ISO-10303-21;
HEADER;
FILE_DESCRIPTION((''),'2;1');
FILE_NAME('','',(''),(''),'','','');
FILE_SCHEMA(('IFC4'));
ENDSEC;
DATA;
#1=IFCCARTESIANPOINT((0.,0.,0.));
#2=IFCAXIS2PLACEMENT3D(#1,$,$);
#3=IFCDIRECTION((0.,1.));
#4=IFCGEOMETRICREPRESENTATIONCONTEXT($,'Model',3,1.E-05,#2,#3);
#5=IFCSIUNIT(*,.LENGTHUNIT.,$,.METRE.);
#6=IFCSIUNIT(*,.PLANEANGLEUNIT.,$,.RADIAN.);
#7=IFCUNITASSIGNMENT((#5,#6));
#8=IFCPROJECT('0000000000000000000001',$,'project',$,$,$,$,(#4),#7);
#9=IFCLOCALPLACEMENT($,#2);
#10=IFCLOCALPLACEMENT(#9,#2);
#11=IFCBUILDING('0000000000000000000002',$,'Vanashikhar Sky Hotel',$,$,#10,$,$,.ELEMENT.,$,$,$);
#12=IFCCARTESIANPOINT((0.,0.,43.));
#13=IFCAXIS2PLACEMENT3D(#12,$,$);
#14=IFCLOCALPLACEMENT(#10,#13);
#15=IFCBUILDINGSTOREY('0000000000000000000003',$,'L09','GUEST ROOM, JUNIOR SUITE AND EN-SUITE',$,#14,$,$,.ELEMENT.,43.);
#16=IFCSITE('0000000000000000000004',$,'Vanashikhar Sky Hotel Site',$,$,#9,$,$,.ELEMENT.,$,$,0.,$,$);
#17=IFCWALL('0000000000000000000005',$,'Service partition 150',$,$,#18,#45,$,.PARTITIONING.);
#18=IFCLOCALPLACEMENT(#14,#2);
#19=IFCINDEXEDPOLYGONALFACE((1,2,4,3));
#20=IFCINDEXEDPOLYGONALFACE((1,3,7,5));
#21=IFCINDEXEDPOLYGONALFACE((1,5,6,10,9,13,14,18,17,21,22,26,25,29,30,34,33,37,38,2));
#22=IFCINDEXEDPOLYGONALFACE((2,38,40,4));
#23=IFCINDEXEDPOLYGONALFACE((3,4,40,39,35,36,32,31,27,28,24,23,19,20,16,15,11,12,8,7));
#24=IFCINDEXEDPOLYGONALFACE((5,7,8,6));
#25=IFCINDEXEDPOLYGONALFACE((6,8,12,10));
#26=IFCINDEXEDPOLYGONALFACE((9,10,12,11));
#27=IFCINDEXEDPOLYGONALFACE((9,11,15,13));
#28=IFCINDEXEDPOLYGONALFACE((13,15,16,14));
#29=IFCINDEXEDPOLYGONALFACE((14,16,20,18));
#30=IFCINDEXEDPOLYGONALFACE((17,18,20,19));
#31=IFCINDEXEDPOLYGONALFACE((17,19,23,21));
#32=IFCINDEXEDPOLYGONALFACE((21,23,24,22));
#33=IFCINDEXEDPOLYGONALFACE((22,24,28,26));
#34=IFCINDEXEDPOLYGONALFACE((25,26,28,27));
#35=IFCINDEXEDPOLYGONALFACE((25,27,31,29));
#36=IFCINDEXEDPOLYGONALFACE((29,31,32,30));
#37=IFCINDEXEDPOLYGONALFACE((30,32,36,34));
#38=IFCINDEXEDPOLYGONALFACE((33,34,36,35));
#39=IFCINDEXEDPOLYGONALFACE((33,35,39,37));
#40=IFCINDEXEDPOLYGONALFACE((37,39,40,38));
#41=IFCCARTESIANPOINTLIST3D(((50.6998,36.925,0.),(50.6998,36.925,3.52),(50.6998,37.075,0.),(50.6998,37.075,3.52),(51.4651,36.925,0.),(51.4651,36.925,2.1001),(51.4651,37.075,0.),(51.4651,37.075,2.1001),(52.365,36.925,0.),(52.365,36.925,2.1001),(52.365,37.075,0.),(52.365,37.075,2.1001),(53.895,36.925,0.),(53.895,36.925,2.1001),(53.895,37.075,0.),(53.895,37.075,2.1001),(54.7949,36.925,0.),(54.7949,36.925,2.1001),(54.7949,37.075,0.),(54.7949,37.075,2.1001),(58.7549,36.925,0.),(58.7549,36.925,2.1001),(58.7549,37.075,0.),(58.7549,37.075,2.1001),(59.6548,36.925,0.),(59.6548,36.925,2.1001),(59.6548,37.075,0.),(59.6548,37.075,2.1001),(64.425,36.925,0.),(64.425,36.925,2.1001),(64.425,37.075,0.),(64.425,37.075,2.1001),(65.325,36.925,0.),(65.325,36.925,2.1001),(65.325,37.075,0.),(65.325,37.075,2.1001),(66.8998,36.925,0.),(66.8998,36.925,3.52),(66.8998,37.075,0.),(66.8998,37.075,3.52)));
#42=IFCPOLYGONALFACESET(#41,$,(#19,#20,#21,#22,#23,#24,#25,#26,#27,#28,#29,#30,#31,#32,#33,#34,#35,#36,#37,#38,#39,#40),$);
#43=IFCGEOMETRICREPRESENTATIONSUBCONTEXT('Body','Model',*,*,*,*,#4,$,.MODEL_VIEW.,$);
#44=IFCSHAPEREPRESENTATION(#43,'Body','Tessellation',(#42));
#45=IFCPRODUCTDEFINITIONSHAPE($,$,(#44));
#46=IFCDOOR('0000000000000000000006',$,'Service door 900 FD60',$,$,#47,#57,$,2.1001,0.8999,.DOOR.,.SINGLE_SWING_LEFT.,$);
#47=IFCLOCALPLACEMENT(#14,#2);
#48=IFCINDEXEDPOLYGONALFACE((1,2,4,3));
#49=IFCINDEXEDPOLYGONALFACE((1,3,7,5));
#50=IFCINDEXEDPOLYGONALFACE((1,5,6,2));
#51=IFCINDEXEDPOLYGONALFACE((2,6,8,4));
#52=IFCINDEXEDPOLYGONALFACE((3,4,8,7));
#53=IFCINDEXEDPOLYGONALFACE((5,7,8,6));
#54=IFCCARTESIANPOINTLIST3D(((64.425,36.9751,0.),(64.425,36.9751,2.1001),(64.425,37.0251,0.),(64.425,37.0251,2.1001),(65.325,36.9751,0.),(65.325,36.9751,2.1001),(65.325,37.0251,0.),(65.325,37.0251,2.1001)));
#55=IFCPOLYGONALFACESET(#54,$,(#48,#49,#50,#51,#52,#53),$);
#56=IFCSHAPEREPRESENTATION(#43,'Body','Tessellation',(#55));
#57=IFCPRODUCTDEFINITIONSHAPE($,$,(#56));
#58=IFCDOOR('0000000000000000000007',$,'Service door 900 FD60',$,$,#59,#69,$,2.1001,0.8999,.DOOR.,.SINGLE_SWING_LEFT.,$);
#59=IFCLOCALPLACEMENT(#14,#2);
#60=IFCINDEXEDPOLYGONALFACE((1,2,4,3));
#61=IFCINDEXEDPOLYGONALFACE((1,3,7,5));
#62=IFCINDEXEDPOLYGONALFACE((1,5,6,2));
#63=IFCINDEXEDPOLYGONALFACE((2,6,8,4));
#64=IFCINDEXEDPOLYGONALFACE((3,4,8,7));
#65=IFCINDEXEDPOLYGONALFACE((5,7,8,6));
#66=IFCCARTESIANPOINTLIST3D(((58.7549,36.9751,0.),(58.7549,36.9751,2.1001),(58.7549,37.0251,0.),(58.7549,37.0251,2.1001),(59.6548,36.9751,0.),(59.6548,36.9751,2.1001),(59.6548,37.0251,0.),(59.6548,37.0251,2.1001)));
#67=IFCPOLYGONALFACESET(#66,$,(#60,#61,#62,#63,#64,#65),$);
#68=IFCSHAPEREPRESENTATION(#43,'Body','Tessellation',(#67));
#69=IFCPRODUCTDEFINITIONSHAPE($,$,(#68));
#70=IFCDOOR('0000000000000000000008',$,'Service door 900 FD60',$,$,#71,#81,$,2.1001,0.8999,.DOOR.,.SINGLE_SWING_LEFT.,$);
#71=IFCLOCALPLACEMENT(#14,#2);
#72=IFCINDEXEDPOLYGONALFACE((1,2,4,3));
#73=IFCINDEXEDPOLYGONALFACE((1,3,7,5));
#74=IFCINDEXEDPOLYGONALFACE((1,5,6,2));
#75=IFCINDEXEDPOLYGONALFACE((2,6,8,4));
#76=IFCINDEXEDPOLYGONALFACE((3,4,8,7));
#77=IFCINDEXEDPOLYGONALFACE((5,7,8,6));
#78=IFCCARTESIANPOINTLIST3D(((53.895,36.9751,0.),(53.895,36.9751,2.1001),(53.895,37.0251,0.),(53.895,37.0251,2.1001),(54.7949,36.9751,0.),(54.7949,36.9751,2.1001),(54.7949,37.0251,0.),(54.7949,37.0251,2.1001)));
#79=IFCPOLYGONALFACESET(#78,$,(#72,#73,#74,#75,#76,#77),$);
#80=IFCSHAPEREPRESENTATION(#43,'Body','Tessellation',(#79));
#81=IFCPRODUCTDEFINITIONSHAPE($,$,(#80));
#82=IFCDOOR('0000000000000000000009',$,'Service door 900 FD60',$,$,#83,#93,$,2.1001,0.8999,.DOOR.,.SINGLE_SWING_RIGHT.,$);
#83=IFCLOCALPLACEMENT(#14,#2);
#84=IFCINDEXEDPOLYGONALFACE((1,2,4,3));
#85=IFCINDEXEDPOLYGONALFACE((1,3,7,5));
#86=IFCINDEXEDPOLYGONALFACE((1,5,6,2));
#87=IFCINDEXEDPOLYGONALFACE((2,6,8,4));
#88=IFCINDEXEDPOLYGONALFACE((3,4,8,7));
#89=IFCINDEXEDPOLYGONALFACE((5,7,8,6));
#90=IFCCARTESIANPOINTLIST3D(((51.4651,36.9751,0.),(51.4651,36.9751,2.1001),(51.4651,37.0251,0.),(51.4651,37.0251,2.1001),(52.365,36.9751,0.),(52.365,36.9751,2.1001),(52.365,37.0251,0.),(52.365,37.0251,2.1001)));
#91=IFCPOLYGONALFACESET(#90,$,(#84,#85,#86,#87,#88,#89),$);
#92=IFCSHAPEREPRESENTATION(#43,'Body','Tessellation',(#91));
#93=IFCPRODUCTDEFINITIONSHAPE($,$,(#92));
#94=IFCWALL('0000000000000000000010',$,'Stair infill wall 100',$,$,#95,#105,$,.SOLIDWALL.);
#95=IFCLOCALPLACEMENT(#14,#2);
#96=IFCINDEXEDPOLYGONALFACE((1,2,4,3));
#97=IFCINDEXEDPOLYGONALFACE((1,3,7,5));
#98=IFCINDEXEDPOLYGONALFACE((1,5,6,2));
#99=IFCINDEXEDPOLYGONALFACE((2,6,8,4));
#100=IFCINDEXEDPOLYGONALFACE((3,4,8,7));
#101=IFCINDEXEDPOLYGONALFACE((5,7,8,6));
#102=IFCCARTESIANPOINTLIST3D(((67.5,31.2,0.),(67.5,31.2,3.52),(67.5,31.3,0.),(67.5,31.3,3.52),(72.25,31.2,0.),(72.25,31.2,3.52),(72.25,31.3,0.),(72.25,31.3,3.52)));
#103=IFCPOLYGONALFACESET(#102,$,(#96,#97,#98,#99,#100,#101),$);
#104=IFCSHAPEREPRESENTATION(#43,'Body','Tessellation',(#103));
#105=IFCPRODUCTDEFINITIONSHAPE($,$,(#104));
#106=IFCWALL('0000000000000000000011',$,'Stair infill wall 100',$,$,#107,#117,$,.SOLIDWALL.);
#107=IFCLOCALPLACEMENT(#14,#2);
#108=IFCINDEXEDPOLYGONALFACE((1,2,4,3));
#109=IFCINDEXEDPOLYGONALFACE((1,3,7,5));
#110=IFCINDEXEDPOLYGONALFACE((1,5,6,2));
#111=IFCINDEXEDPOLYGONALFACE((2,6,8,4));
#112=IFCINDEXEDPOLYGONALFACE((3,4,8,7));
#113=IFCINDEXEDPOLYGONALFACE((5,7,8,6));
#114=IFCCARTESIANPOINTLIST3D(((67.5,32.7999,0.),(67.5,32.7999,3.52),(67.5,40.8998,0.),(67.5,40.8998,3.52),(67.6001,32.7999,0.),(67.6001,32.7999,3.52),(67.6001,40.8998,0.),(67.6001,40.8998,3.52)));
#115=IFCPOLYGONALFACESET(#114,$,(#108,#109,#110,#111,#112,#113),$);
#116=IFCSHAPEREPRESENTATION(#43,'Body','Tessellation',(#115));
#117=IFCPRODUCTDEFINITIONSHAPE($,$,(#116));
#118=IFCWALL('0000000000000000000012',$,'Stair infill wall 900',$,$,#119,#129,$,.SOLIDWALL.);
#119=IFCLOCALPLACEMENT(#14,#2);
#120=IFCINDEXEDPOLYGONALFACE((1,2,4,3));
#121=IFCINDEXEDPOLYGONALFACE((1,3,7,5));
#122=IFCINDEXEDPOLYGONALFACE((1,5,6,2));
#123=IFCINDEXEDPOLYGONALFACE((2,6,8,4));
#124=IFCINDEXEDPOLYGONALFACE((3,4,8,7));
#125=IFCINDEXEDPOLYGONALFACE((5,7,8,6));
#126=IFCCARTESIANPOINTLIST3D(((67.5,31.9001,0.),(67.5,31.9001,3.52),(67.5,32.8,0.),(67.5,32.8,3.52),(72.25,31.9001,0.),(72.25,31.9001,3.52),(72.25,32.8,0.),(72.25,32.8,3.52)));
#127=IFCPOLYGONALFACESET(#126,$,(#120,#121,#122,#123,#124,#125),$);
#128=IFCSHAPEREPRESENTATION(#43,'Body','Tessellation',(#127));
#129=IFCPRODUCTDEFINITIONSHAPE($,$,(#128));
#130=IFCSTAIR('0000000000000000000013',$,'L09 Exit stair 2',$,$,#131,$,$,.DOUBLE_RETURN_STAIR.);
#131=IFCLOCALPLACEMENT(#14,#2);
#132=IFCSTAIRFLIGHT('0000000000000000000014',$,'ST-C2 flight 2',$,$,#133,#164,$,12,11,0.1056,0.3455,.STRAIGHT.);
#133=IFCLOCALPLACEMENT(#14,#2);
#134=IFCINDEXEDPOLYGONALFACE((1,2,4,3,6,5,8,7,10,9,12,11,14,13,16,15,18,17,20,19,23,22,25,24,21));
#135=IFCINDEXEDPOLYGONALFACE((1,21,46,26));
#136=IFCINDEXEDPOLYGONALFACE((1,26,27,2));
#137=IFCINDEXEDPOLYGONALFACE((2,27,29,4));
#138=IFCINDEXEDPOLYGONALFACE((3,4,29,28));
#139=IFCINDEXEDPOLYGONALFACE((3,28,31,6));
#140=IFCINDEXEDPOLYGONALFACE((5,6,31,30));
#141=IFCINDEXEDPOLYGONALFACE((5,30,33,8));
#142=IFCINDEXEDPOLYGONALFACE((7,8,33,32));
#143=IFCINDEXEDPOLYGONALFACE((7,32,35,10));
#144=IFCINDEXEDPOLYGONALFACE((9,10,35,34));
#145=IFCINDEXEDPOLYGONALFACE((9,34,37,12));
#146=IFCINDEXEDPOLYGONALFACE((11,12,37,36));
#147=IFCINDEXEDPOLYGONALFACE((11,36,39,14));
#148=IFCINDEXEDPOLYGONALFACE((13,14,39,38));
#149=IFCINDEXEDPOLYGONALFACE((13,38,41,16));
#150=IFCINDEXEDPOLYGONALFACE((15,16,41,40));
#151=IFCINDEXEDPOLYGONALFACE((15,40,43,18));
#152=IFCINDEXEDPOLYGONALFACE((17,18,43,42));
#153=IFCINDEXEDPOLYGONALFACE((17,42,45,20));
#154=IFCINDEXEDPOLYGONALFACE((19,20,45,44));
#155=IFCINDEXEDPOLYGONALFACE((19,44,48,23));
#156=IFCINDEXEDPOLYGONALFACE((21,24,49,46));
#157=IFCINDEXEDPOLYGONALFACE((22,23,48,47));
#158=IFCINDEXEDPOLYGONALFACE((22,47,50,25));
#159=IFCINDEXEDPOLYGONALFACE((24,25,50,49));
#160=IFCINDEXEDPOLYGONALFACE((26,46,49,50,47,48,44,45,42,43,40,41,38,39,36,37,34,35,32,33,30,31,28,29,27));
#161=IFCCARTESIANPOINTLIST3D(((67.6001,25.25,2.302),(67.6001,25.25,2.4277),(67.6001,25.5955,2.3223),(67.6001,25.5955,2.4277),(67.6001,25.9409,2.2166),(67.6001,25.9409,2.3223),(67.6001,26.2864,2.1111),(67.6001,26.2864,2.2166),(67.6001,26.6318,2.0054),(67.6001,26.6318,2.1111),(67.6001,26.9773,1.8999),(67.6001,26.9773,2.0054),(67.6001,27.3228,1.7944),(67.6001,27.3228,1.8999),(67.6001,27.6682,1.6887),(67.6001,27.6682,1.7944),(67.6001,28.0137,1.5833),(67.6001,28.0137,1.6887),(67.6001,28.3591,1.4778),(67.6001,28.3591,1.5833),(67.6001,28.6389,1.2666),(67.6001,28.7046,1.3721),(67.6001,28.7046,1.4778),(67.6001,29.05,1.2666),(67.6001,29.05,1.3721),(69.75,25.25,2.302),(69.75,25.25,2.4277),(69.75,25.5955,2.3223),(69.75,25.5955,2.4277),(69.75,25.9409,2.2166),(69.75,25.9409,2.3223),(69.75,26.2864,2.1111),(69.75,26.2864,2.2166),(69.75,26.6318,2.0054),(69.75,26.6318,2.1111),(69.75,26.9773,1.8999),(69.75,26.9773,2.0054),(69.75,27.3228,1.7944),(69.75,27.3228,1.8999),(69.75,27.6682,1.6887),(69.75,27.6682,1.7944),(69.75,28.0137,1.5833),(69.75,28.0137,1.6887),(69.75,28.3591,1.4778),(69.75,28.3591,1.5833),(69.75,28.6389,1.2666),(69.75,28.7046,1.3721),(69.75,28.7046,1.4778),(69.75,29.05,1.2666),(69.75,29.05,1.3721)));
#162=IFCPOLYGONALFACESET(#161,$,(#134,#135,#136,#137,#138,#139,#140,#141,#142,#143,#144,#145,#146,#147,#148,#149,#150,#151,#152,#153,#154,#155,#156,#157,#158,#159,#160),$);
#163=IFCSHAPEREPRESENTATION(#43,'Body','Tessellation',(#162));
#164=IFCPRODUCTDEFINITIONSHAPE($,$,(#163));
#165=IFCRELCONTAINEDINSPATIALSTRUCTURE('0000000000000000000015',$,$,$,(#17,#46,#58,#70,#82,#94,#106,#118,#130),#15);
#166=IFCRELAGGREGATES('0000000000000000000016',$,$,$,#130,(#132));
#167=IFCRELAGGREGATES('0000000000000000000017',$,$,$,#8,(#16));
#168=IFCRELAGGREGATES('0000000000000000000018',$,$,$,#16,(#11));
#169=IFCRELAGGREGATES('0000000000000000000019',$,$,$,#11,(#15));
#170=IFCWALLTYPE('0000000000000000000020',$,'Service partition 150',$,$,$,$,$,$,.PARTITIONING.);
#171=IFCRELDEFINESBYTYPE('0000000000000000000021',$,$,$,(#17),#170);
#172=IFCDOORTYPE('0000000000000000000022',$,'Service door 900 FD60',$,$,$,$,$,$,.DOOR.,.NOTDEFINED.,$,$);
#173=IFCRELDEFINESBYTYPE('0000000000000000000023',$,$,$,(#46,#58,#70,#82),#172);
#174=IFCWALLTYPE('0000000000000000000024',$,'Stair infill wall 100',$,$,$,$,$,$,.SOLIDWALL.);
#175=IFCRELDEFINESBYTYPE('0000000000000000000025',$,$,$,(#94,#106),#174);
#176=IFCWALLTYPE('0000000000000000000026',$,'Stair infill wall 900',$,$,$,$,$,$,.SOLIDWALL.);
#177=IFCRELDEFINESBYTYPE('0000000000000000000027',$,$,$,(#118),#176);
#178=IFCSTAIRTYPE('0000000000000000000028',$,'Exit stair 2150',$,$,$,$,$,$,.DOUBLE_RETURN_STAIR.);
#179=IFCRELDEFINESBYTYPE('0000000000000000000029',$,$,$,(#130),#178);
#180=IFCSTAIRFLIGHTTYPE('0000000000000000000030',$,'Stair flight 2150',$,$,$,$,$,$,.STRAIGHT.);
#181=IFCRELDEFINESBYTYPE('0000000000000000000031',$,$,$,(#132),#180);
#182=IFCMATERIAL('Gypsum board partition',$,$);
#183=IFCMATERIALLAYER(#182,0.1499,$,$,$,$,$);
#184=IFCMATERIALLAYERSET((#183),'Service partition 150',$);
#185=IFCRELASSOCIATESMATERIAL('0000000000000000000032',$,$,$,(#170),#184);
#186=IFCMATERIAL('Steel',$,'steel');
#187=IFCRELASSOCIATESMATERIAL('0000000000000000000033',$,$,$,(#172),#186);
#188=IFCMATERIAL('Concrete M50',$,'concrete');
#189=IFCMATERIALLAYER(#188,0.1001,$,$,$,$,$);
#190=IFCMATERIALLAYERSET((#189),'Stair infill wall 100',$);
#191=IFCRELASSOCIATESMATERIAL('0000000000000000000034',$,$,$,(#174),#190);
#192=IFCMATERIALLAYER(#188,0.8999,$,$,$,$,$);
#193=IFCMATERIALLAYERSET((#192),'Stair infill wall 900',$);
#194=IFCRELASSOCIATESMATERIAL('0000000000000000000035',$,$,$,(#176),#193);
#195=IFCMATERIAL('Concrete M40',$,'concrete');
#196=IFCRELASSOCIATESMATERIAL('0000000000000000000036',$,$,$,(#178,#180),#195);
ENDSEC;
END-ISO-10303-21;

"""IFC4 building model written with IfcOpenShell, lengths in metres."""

from ifc_helpers import new_model, si_unit, direction, frame, frame_2d, origin, place, context, subcontext, project, spatial, polyline, rectangle, outline, extrude, source, transform, mapped, material, layer, layer_set, type_object, element, fill, aggregate, save


model = new_model("IFC4")

# Units and contexts
model_context = context("Model", 3, precision=1e-05, world=origin(), true_north=direction((0.0, 1.0)))
body_context = subcontext(model_context, "Body", "Model", "MODEL_VIEW")
ifc_project = project(units=[si_unit("LENGTHUNIT", "METRE"), si_unit("PLANEANGLEUNIT", "RADIAN")], contexts=[model_context])

# Site, building, storey
site_placement = place(None, origin())
site = spatial("IfcSite", under=ifc_project, at=site_placement, Name="Vanashikhar Sky Hotel Site", CompositionType="ELEMENT", RefElevation=0.0)
building_placement = place(site_placement, origin())
building = spatial("IfcBuilding", under=site, at=building_placement, Name="Vanashikhar Sky Hotel", CompositionType="ELEMENT")
storey_placement = place(building_placement, frame((0.0, 0.0, 43.0)))
storey = spatial("IfcBuildingStorey", under=building, at=storey_placement, Name="L09", Description="GUEST ROOM, JUNIOR SUITE AND EN-SUITE", CompositionType="ELEMENT", Elevation=43.0)

# Wall, openings, doors
ifc_material_1 = material(Name="Gypsum board partition")
ifc_layer_1 = layer(ifc_material_1, 0.1499)
ifc_layer_set_1 = layer_set([ifc_layer_1], Name="Service partition 150")
wall_type_1 = type_object("IfcWallType", Name="Service partition 150", PredefinedType="PARTITIONING", material=ifc_layer_set_1)
shared_shape_1 = source(origin(), body_context, "Body", "SweptSolid", [
    extrude(rectangle(XDim=0.8999, YDim=2.1001, at=frame_2d((0.45, 1.05))), frame((0.0, 0.085, 0.0), z_axis=(0.0, -1.0, 0.0), x_axis=(1.0, 0.0, 0.0)), (0.0, 0.0, 1.0), 0.1699),
])
ifc_material_2 = material(Name="Steel", Category="steel")
door_type_1 = type_object("IfcDoorType", Name="Service door 900 FD60", OperationType="NOTDEFINED", PredefinedType="DOOR", material=ifc_material_2)
shared_shape_2 = source(origin(), body_context, "Body", "SweptSolid", [
    extrude(rectangle(XDim=0.8999, YDim=2.1001, at=frame_2d((0.45, 1.05))), frame((0.0, 0.0249, 0.0), z_axis=(0.0, -1.0, 0.0), x_axis=(1.0, 0.0, 0.0)), (0.0, 0.0, 1.0), 0.05),
])
shared_shape_3 = source(origin(), body_context, "Body", "SweptSolid", [
    extrude(rectangle(XDim=16.2, YDim=0.1499, at=frame_2d((8.1001, 0.0))), origin(), (0.0, 0.0, 1.0), 3.52),
])
wall_1_placement = place(storey_placement, frame((66.8999, 37.0, 0.0), z_axis=(0.0, 0.0, 1.0), x_axis=(-1.0, 0.0, 0.0)))
wall_1 = element("IfcWall", 1, at=wall_1_placement, inside=storey, type_object=wall_type_1, Name="Service partition 150", PredefinedType="PARTITIONING", context=body_context, shape_type="MappedRepresentation", body=[
    mapped(shared_shape_3, transform((0.0, 0.0, 0.0), scale=1.0)),
])
opening_1_placement = place(wall_1_placement, frame((1.575, 0.0, 0.0)))
opening_1 = element("IfcOpeningElement", 2, at=opening_1_placement, cuts=wall_1, PredefinedType="OPENING", context=body_context, shape_type="MappedRepresentation", body=[
    mapped(shared_shape_1, transform((0.0, 0.0, 0.0), scale=1.0)),
])
opening_2_placement = place(wall_1_placement, frame((7.2451, 0.0, 0.0)))
opening_2 = element("IfcOpeningElement", 3, at=opening_2_placement, cuts=wall_1, PredefinedType="OPENING", context=body_context, shape_type="MappedRepresentation", body=[
    mapped(shared_shape_1, transform((0.0, 0.0, 0.0), scale=1.0)),
])
opening_3_placement = place(wall_1_placement, frame((12.105, 0.0, 0.0)))
opening_3 = element("IfcOpeningElement", 4, at=opening_3_placement, cuts=wall_1, PredefinedType="OPENING", context=body_context, shape_type="MappedRepresentation", body=[
    mapped(shared_shape_1, transform((0.0, 0.0, 0.0), scale=1.0)),
])
opening_4_placement = place(wall_1_placement, frame((14.5349, 0.0, 0.0)))
opening_4 = element("IfcOpeningElement", 5, at=opening_4_placement, cuts=wall_1, PredefinedType="OPENING", context=body_context, shape_type="MappedRepresentation", body=[
    mapped(shared_shape_1, transform((0.0, 0.0, 0.0), scale=1.0)),
])
door_1_placement = place(opening_1_placement, origin())
door_1 = element("IfcDoor", 6, at=door_1_placement, inside=storey, type_object=door_type_1, Name="Service door 900 FD60", OperationType="SINGLE_SWING_LEFT", OverallHeight=2.1001, OverallWidth=0.8999, PredefinedType="DOOR", context=body_context, shape_type="MappedRepresentation", body=[
    mapped(shared_shape_2, transform((0.0, 0.0, 0.0), scale=1.0)),
])
fill(opening_1, door_1)
door_2_placement = place(opening_2_placement, origin())
door_2 = element("IfcDoor", 7, at=door_2_placement, inside=storey, type_object=door_type_1, Name="Service door 900 FD60", OperationType="SINGLE_SWING_LEFT", OverallHeight=2.1001, OverallWidth=0.8999, PredefinedType="DOOR", context=body_context, shape_type="MappedRepresentation", body=[
    mapped(shared_shape_2, transform((0.0, 0.0, 0.0), scale=1.0)),
])
fill(opening_2, door_2)
door_3_placement = place(opening_3_placement, origin())
door_3 = element("IfcDoor", 8, at=door_3_placement, inside=storey, type_object=door_type_1, Name="Service door 900 FD60", OperationType="SINGLE_SWING_LEFT", OverallHeight=2.1001, OverallWidth=0.8999, PredefinedType="DOOR", context=body_context, shape_type="MappedRepresentation", body=[
    mapped(shared_shape_2, transform((0.0, 0.0, 0.0), scale=1.0)),
])
fill(opening_3, door_3)
door_4_placement = place(opening_4_placement, origin())
door_4 = element("IfcDoor", 9, at=door_4_placement, inside=storey, type_object=door_type_1, Name="Service door 900 FD60", OperationType="SINGLE_SWING_RIGHT", OverallHeight=2.1001, OverallWidth=0.8999, PredefinedType="DOOR", context=body_context, shape_type="MappedRepresentation", body=[
    mapped(shared_shape_2, transform((0.0, 0.0, 0.0), scale=1.0)),
])
fill(opening_4, door_4)

# Walls
ifc_material_3 = material(Name="Concrete M50", Category="concrete")
ifc_layer_2 = layer(ifc_material_3, 0.1001)
ifc_layer_set_2 = layer_set([ifc_layer_2], Name="Stair infill wall 100")
wall_type_2 = type_object("IfcWallType", Name="Stair infill wall 100", PredefinedType="SOLIDWALL", material=ifc_layer_set_2)
shared_shape_4 = source(origin(), body_context, "Body", "SweptSolid", [
    extrude(rectangle(XDim=4.75, YDim=0.1001, at=frame_2d((2.375, 0.0))), origin(), (0.0, 0.0, 1.0), 3.52),
])
wall_2_placement = place(storey_placement, frame((67.5, 31.25, 0.0), z_axis=(0.0, 0.0, 1.0), x_axis=(1.0, 0.0, 0.0)))
element("IfcWall", 10, at=wall_2_placement, inside=storey, type_object=wall_type_2, Name="Stair infill wall 100", PredefinedType="SOLIDWALL", context=body_context, shape_type="MappedRepresentation", body=[
    mapped(shared_shape_4, transform((0.0, 0.0, 0.0), scale=1.0)),
])
shared_shape_5 = source(origin(), body_context, "Body", "SweptSolid", [
    extrude(rectangle(XDim=8.0999, YDim=0.1001, at=frame_2d((4.0498, 0.0))), origin(), (0.0, 0.0, 1.0), 3.52),
])
wall_3_placement = place(storey_placement, frame((67.55, 32.8, 0.0), z_axis=(0.0, 0.0, 1.0), x_axis=(0.0, 1.0, 0.0)))
element("IfcWall", 11, at=wall_3_placement, inside=storey, type_object=wall_type_2, Name="Stair infill wall 100", PredefinedType="SOLIDWALL", context=body_context, shape_type="MappedRepresentation", body=[
    mapped(shared_shape_5, transform((0.0, 0.0, 0.0), scale=1.0)),
])
ifc_layer_3 = layer(ifc_material_3, 0.8999)
ifc_layer_set_3 = layer_set([ifc_layer_3], Name="Stair infill wall 900")
wall_type_3 = type_object("IfcWallType", Name="Stair infill wall 900", PredefinedType="SOLIDWALL", material=ifc_layer_set_3)
shared_shape_6 = source(origin(), body_context, "Body", "SweptSolid", [
    extrude(rectangle(XDim=4.75, YDim=0.8999, at=frame_2d((2.375, 0.0))), origin(), (0.0, 0.0, 1.0), 3.52),
])
wall_4_placement = place(storey_placement, frame((67.5, 32.3501, 0.0), z_axis=(0.0, 0.0, 1.0), x_axis=(1.0, 0.0, 0.0)))
element("IfcWall", 12, at=wall_4_placement, inside=storey, type_object=wall_type_3, Name="Stair infill wall 900", PredefinedType="SOLIDWALL", context=body_context, shape_type="MappedRepresentation", body=[
    mapped(shared_shape_6, transform((0.0, 0.0, 0.0), scale=1.0)),
])

# Stair, stair flight
ifc_material_4 = material(Name="Concrete M40", Category="concrete")
stair_type = type_object("IfcStairType", Name="Exit stair 2150", PredefinedType="DOUBLE_RETURN_STAIR", material=ifc_material_4)
stair_1_placement = place(storey_placement, origin())
stair_1 = element("IfcStair", 13, at=stair_1_placement, inside=storey, type_object=stair_type, Name="L09 Exit stair 2", PredefinedType="DOUBLE_RETURN_STAIR")
stair_flight_type = type_object("IfcStairFlightType", Name="Stair flight 2150", PredefinedType="STRAIGHT", material=ifc_material_4)
shared_shape_7 = source(origin(), body_context, "Body", "SweptSolid", [
    extrude(outline(polyline([(0.0, 0.0), (0.0, 0.1055), (0.3455, 0.1055), (0.3455, 0.2112), (0.6909, 0.2112), (0.6909, 0.3167), (1.0364, 0.3167), (1.0364, 0.4221), (1.3818, 0.4221), (1.3818, 0.5278), (1.7273, 0.5278), (1.7273, 0.6333), (2.0728, 0.6333), (2.0728, 0.7388), (2.4182, 0.7388), (2.4182, 0.8445), (2.7637, 0.8445), (2.7637, 0.95), (3.1091, 0.95), (3.1091, 1.0557), (3.4546, 1.0557), (3.4546, 1.1611), (3.8, 1.1611), (3.8, 1.2666), (3.8, 1.0354), (0.4111, 0.0), (0.0, 0.0)])), frame((0.0, 1.075, 0.0), z_axis=(0.0, -1.0, 0.0), x_axis=(1.0, 0.0, 0.0)), (0.0, 0.0, 1.0), 2.1499),
])
stair_flight_1_placement = place(storey_placement, frame((68.675, 29.05, 1.2666), z_axis=(0.0, 0.0, 1.0), x_axis=(0.0, -1.0, 0.0)))
stair_flight_1 = element("IfcStairFlight", 14, at=stair_flight_1_placement, type_object=stair_flight_type, Name="ST-C2 flight 2", NumberOfRisers=12, NumberOfTreads=11, PredefinedType="STRAIGHT", RiserHeight=0.1056, TreadLength=0.3455, context=body_context, shape_type="MappedRepresentation", body=[
    mapped(shared_shape_7, transform((0.0, 0.0, 0.0), scale=1.0)),
])
aggregate(stair_1, [stair_flight_1])

save(model, "model.ifc")
